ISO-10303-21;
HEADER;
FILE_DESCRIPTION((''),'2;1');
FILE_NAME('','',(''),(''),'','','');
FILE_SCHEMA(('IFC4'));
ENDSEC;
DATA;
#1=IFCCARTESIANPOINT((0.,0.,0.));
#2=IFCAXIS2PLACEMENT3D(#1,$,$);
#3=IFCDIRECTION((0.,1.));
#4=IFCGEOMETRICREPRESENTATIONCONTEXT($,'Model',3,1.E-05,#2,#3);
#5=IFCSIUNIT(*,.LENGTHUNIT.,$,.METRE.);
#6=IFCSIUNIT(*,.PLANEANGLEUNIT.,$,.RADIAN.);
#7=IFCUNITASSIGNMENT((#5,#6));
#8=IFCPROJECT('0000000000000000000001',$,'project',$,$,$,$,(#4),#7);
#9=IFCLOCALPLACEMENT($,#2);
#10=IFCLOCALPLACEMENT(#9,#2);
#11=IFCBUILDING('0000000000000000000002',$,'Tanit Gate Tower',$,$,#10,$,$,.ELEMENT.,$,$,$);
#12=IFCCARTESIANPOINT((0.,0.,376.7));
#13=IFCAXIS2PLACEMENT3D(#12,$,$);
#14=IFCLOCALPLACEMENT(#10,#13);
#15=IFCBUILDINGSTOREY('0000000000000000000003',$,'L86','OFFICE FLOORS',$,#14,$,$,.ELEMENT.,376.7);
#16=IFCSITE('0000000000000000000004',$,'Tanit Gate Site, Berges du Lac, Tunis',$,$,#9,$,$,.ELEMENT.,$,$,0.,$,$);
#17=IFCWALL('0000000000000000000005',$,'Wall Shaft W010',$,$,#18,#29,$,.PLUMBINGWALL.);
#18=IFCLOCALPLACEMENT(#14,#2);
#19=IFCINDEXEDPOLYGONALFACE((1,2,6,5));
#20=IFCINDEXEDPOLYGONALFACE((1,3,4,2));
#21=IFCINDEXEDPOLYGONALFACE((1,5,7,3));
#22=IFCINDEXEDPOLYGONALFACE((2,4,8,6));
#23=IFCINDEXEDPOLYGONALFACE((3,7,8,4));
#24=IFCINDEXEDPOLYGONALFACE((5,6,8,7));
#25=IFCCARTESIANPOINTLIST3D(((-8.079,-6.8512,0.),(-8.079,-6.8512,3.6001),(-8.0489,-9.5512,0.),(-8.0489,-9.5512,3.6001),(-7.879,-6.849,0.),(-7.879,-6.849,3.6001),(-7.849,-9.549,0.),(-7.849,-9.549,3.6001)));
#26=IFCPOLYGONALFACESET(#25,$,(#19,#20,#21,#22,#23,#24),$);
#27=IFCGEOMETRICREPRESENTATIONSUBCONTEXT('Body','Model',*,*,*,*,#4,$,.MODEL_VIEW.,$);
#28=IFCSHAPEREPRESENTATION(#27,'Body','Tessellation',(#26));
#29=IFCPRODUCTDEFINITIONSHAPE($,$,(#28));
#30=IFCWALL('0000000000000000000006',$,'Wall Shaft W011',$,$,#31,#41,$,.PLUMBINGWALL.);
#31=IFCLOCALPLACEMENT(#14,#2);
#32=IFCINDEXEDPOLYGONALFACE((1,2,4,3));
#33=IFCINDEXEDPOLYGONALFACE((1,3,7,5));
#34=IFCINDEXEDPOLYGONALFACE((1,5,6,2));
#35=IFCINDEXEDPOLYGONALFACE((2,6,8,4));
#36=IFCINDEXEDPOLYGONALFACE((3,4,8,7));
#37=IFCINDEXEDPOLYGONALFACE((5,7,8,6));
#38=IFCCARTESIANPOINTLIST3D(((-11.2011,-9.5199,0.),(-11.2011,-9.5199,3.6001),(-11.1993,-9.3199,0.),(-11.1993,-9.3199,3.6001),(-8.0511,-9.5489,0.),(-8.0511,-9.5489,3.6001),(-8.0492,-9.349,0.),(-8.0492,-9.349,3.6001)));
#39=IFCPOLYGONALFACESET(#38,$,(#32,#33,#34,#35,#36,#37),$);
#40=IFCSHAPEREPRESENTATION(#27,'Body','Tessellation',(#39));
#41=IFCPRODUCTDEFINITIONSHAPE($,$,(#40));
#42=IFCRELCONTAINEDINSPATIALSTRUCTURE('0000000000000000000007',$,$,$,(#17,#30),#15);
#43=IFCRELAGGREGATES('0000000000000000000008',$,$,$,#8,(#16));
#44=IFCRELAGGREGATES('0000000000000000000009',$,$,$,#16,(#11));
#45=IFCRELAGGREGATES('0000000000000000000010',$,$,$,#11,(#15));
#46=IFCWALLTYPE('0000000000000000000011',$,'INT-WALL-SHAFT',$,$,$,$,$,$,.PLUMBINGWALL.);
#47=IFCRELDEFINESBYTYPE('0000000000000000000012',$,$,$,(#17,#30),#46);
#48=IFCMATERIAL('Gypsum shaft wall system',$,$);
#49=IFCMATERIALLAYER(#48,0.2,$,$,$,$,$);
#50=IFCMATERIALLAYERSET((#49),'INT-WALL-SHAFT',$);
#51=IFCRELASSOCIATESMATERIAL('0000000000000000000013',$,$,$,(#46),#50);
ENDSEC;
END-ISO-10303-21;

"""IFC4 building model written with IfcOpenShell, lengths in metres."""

from ifc_helpers import new_model, si_unit, direction, frame, frame_2d, origin, place, context, subcontext, project, spatial, rectangle, extrude, material, layer, layer_set, type_object, element, save


model = new_model("IFC4")

# Units and contexts
model_context = context("Model", 3, precision=1e-05, world=origin(), true_north=direction((0.0, 1.0)))
body_context = subcontext(model_context, "Body", "Model", "MODEL_VIEW")
ifc_project = project(units=[si_unit("LENGTHUNIT", "METRE"), si_unit("PLANEANGLEUNIT", "RADIAN")], contexts=[model_context])

# Site, building, storey
site_placement = place(None, origin())
site = spatial("IfcSite", under=ifc_project, at=site_placement, Name="Tanit Gate Site, Berges du Lac, Tunis", CompositionType="ELEMENT", RefElevation=0.0)
building_placement = place(site_placement, origin())
building = spatial("IfcBuilding", under=site, at=building_placement, Name="Tanit Gate Tower", CompositionType="ELEMENT")
storey_placement = place(building_placement, frame((0.0, 0.0, 376.7)))
storey = spatial("IfcBuildingStorey", under=building, at=storey_placement, Name="L86", Description="OFFICE FLOORS", CompositionType="ELEMENT", Elevation=376.7)

# Walls
ifc_material_1 = material(Name="Gypsum shaft wall system")
ifc_layer_1 = layer(ifc_material_1, 0.2)
ifc_layer_set_1 = layer_set([ifc_layer_1], Name="INT-WALL-SHAFT")
wall_type_1 = type_object("IfcWallType", Name="INT-WALL-SHAFT", PredefinedType="PLUMBINGWALL", material=ifc_layer_set_1)
wall_1_placement = place(storey_placement, frame((-7.979, -6.8501, 0.0), z_axis=(0.0, 0.0, 1.0), x_axis=(0.011121, -0.999938, 0.0)))
element("IfcWall", 1, at=wall_1_placement, inside=storey, type_object=wall_type_1, Name="Wall Shaft W010", PredefinedType="PLUMBINGWALL", context=body_context, shape_type="SweptSolid", body=[
    extrude(rectangle(XDim=2.7002, YDim=0.2, at=frame_2d((1.3501, 0.0))), origin(), (0.0, 0.0, 1.0), 3.6001),
])
wall_2_placement = place(storey_placement, frame((-8.05, -9.449, 0.0), z_axis=(0.0, 0.0, 1.0), x_axis=(-0.999957, 0.009223, 0.0)))
element("IfcWall", 2, at=wall_2_placement, inside=storey, type_object=wall_type_1, Name="Wall Shaft W011", PredefinedType="PLUMBINGWALL", context=body_context, shape_type="SweptSolid", body=[
    extrude(rectangle(XDim=3.1501, YDim=0.2, at=frame_2d((1.5752, 0.0))), origin(), (0.0, 0.0, 1.0), 3.6001),
])

save(model, "model.ifc")
